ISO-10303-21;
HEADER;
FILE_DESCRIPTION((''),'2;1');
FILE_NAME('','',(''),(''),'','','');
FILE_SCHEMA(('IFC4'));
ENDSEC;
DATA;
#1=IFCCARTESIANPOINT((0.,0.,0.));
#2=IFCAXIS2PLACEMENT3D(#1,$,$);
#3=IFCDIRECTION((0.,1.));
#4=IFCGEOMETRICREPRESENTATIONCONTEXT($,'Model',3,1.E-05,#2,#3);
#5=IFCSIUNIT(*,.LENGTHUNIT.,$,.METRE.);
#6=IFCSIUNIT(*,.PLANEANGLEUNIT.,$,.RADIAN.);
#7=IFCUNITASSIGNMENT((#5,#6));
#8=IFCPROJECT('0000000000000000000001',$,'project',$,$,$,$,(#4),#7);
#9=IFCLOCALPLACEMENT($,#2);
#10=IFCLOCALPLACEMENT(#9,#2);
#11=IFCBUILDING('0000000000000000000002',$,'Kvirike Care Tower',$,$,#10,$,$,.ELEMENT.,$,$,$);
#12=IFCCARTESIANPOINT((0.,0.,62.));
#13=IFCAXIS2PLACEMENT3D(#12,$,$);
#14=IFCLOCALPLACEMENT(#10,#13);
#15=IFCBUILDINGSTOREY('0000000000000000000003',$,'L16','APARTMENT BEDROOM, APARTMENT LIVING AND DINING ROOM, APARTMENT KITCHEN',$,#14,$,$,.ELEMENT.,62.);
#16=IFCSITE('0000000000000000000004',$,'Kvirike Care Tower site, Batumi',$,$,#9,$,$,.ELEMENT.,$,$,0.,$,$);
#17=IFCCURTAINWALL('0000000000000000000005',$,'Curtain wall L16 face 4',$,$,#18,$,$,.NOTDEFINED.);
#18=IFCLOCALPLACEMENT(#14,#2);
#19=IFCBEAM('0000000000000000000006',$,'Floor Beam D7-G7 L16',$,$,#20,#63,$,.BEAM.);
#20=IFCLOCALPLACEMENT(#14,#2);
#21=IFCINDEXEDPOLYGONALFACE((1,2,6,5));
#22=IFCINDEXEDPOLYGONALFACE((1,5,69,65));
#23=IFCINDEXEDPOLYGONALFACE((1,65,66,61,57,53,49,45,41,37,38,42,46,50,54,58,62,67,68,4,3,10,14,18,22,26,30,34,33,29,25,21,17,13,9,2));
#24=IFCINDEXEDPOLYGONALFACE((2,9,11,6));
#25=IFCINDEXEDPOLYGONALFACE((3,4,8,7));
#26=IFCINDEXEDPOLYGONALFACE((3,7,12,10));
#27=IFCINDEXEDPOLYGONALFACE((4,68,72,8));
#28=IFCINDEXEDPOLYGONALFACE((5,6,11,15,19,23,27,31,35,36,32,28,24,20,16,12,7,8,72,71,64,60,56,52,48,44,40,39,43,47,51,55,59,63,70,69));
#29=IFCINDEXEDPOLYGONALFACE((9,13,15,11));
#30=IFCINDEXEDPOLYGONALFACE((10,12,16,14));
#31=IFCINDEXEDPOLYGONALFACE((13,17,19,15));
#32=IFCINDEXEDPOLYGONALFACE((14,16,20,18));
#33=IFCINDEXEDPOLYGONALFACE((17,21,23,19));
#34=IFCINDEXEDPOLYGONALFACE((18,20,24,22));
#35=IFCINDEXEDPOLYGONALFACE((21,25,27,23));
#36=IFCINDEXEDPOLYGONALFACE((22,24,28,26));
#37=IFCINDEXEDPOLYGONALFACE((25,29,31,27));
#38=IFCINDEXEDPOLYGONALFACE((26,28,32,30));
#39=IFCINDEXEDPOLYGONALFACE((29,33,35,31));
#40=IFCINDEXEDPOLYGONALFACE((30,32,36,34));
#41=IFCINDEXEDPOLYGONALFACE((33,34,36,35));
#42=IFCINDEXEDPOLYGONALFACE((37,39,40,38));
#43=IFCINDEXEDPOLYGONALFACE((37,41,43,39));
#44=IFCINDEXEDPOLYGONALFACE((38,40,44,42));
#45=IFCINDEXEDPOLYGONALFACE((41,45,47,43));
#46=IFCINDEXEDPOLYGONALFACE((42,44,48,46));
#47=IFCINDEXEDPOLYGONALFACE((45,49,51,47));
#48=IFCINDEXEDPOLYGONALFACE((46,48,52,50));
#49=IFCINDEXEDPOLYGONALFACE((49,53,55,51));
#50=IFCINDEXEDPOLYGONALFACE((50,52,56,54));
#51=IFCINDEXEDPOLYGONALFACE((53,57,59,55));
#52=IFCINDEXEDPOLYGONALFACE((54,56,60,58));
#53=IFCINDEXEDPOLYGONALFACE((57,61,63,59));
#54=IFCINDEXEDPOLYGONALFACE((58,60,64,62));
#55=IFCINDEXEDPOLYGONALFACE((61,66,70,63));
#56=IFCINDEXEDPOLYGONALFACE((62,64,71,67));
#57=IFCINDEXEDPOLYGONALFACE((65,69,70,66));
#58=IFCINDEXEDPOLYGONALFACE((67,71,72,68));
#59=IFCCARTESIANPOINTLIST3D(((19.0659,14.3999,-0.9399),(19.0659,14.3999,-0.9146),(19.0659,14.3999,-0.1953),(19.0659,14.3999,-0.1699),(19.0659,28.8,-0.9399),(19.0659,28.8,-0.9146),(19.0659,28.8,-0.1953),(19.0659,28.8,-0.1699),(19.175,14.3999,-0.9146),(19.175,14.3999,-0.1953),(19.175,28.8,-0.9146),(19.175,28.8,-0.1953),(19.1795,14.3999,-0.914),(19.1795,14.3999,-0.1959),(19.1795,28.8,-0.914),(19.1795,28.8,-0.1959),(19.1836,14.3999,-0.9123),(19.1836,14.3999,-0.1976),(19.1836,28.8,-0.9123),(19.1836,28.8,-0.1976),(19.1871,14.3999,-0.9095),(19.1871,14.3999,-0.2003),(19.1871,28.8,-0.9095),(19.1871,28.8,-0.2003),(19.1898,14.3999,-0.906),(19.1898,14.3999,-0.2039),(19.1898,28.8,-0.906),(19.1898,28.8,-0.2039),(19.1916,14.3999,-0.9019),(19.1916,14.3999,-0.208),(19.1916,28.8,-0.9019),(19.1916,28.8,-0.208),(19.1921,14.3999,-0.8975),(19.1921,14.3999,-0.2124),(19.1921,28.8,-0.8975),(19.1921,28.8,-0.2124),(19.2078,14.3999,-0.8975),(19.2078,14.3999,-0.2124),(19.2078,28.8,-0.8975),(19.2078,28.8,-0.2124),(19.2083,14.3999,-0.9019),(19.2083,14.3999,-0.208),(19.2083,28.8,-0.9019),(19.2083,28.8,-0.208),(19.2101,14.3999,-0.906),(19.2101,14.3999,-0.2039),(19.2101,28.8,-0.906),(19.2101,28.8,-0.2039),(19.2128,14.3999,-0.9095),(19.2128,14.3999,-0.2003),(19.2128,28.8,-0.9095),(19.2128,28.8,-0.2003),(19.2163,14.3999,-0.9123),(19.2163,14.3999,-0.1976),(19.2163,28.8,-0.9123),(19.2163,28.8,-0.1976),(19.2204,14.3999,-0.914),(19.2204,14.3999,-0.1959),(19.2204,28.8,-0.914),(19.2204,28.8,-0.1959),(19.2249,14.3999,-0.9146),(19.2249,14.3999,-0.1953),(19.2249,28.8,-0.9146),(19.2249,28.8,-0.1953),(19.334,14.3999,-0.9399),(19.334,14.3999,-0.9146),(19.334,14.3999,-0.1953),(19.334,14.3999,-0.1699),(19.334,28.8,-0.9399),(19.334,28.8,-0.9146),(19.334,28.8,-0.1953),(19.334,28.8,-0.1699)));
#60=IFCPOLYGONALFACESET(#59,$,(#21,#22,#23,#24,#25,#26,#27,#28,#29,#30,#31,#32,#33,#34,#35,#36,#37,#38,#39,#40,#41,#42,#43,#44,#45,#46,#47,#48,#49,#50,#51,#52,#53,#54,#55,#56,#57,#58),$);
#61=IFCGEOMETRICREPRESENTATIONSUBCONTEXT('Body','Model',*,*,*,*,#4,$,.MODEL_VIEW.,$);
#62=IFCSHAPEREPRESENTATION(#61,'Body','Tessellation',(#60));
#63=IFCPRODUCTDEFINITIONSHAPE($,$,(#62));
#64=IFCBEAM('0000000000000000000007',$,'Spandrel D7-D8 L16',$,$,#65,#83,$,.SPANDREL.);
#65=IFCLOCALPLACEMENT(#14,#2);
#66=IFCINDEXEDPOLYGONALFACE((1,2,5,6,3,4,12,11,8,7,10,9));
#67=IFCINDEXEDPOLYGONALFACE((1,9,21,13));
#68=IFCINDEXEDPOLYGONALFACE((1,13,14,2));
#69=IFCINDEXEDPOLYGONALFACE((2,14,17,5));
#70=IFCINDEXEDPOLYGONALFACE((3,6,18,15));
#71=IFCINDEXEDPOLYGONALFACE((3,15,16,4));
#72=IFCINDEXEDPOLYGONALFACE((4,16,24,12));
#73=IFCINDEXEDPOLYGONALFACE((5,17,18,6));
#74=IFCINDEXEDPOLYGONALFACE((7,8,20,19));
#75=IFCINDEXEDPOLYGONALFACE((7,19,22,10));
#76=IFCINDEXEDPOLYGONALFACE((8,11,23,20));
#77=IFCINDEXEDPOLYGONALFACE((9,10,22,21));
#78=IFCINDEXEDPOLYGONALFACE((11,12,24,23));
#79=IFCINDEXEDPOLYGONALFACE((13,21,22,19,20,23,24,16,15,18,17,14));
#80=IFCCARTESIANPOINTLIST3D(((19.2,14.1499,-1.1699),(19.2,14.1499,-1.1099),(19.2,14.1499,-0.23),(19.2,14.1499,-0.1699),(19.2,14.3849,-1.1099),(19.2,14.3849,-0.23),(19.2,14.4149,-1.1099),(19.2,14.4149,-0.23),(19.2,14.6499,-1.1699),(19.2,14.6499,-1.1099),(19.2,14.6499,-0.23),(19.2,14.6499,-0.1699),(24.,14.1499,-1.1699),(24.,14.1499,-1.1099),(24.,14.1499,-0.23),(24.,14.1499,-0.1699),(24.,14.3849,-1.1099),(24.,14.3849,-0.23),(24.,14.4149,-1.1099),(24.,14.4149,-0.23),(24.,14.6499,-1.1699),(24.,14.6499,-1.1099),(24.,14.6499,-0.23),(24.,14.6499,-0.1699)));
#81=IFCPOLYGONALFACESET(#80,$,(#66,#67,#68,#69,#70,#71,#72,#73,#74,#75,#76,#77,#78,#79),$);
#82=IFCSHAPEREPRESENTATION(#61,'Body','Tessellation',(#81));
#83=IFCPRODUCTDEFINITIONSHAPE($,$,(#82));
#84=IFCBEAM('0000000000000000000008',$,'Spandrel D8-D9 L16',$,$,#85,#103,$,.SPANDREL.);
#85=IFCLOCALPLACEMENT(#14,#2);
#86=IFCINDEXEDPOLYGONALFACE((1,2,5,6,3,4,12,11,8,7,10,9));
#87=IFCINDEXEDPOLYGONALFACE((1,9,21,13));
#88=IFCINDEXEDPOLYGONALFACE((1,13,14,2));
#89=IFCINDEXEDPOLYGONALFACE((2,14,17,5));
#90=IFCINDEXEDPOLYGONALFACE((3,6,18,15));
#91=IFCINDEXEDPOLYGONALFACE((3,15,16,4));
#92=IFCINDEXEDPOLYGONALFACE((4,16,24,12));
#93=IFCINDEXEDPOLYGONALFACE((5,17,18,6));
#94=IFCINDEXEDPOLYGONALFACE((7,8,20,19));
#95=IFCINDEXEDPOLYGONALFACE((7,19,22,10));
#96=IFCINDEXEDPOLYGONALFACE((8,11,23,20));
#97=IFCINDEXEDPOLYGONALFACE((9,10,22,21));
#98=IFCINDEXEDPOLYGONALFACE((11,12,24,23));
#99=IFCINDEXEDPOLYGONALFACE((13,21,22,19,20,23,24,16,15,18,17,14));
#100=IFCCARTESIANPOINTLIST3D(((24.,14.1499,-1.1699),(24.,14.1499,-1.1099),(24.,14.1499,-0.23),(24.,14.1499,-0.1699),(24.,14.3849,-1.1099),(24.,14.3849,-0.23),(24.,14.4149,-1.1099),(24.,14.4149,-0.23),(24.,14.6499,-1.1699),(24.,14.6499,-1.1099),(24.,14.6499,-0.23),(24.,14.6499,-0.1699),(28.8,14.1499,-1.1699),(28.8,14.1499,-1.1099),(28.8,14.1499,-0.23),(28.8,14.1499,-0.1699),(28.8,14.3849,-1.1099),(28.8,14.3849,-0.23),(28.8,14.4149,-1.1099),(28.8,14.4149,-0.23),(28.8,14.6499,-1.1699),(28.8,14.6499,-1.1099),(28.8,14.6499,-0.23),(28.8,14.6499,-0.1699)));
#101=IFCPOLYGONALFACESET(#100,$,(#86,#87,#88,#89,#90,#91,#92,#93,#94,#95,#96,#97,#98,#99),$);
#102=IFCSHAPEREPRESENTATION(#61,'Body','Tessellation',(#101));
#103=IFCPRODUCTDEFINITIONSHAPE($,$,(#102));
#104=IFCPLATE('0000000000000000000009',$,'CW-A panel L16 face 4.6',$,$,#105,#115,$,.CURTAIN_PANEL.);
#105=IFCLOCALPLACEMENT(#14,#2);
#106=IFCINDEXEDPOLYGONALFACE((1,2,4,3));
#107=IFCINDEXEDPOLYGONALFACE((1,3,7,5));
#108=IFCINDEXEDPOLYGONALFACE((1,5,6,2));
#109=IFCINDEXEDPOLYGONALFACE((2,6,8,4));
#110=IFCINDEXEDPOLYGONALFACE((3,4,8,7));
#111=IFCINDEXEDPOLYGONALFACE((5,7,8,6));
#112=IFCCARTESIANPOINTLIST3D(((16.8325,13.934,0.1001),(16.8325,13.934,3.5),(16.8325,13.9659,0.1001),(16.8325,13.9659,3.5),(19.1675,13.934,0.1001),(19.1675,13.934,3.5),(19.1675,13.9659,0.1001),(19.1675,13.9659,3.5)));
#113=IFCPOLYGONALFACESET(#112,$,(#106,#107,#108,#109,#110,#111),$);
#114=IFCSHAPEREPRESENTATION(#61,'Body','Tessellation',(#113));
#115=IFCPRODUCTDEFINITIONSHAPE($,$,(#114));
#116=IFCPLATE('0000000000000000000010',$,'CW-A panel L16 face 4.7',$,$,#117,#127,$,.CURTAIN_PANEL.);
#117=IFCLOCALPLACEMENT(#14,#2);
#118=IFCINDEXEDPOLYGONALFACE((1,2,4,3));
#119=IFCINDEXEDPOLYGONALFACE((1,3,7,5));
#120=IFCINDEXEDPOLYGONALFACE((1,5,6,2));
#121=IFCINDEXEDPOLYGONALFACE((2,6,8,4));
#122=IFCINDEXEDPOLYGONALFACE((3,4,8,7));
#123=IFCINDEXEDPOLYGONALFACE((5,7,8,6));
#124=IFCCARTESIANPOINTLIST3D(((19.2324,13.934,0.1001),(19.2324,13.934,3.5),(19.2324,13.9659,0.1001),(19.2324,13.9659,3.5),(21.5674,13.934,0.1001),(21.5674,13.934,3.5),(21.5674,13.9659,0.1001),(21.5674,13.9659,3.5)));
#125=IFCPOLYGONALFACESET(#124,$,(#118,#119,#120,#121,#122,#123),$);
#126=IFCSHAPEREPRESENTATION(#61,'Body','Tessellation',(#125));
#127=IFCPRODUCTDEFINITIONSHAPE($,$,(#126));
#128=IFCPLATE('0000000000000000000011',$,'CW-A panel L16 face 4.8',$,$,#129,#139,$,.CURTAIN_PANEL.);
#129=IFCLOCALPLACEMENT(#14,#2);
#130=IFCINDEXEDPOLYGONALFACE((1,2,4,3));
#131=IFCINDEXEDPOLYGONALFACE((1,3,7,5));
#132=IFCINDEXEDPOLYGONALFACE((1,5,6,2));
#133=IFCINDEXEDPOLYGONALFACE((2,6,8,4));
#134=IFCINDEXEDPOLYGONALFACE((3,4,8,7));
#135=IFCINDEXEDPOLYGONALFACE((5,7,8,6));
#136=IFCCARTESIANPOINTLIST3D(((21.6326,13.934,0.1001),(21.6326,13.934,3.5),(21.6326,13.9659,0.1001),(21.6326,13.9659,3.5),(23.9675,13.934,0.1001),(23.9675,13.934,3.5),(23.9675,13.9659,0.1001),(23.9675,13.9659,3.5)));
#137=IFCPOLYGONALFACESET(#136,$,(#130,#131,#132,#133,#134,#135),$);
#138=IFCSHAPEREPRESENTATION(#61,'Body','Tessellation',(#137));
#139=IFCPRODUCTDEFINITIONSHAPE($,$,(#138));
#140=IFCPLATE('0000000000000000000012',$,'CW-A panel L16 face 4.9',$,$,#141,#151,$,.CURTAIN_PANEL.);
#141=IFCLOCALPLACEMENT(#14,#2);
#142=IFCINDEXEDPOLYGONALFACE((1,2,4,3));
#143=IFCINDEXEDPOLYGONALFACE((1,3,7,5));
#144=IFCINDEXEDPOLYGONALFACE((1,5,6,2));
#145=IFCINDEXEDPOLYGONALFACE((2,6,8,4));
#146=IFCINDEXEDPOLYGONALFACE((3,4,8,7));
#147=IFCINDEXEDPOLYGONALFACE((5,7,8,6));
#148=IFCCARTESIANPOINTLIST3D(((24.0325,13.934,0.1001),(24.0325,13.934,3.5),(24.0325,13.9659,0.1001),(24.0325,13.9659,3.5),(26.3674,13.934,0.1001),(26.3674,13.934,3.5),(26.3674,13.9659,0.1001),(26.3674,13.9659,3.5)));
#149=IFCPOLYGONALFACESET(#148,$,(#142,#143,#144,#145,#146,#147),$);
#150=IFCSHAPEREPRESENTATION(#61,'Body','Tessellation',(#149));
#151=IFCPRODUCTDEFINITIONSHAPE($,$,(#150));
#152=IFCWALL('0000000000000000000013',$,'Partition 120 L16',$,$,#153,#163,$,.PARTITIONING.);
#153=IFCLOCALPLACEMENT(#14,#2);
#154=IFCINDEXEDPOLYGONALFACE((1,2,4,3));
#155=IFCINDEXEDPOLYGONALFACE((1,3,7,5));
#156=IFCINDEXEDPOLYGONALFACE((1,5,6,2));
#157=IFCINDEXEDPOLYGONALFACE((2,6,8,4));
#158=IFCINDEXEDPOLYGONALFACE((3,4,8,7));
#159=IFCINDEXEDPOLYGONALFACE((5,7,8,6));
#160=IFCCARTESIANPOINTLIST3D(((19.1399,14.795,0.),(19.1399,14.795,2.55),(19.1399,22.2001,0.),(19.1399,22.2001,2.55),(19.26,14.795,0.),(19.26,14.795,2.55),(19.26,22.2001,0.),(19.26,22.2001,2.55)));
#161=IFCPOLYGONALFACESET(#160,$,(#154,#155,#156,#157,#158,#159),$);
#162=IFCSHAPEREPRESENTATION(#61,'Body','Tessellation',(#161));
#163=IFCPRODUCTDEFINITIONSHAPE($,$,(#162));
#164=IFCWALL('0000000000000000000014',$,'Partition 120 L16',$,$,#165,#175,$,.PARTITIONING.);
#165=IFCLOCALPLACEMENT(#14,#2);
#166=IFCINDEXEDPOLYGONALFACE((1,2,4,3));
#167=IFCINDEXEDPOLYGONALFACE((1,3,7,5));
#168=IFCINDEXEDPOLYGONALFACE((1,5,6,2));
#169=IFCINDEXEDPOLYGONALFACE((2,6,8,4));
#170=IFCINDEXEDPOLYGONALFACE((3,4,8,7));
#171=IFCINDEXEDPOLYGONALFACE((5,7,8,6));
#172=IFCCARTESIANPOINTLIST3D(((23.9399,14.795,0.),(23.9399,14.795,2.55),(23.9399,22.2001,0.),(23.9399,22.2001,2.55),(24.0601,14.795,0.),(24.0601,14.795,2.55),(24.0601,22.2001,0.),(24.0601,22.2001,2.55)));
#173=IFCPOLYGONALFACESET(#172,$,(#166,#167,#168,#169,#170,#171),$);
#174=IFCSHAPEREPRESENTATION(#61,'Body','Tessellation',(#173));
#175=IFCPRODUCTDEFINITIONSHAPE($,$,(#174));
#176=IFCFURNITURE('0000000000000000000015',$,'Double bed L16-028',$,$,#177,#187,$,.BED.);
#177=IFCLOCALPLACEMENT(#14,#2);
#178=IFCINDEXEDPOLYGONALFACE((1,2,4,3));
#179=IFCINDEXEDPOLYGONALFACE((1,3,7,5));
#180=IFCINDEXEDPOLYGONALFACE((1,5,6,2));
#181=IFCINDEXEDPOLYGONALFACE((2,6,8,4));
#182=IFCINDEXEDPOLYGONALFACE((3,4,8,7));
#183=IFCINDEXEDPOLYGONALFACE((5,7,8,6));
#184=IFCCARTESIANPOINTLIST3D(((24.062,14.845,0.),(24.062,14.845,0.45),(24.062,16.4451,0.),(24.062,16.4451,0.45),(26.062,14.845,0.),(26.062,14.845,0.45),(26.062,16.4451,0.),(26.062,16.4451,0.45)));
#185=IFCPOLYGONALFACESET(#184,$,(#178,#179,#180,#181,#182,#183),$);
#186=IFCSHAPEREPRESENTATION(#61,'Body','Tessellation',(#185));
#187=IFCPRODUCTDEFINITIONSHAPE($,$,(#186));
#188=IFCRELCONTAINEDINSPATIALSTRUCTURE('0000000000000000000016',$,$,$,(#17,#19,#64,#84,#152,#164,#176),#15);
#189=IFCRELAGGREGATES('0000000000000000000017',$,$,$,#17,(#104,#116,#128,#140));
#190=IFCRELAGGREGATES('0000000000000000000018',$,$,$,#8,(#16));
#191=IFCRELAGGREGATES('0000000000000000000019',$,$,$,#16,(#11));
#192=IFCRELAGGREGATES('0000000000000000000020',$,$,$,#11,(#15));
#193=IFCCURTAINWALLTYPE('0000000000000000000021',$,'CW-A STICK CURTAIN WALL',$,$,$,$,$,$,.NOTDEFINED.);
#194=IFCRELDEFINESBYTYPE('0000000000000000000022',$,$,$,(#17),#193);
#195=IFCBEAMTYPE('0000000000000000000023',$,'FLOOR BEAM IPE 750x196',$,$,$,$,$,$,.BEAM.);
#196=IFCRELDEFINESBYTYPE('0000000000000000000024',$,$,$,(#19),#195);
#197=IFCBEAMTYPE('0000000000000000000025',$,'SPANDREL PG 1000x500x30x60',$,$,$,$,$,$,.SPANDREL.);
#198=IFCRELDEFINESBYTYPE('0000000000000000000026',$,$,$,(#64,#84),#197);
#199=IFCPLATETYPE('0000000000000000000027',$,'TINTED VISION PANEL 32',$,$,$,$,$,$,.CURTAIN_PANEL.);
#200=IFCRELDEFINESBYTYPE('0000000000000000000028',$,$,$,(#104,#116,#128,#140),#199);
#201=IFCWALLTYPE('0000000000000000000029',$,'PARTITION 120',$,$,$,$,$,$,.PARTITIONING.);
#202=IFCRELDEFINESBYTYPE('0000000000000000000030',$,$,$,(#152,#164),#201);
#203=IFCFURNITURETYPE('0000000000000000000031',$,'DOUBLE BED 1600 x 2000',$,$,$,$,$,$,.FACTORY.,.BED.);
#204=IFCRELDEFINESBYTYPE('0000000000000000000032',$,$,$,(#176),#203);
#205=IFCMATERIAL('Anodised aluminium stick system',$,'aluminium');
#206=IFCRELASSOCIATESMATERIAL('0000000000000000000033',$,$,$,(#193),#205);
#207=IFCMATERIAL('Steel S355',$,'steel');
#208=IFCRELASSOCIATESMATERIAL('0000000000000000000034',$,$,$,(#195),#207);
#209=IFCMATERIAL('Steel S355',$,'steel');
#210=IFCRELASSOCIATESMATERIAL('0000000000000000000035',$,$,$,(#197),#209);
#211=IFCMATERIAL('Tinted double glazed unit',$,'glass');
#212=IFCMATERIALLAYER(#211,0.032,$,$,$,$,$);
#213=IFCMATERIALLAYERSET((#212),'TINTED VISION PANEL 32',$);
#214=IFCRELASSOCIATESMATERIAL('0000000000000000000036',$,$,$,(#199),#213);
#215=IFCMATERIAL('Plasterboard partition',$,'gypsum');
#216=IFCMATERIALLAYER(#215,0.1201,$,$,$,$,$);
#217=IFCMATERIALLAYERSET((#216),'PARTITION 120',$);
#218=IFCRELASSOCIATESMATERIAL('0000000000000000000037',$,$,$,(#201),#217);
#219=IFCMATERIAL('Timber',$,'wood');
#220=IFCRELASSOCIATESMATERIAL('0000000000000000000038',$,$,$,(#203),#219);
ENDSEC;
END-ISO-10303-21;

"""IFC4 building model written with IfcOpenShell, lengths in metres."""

from ifc_helpers import new_model, si_unit, direction, frame, frame_2d, origin, origin_2d, place, context, subcontext, project, spatial, rectangle, i_section, extrude, material, layer, layer_set, material_profile, profile_set, type_object, element, aggregate, save


model = new_model("IFC4")

# Units and contexts
model_context = context("Model", 3, precision=1e-05, world=origin(), true_north=direction((0.0, 1.0)))
body_context = subcontext(model_context, "Body", "Model", "MODEL_VIEW")
ifc_project = project(units=[si_unit("LENGTHUNIT", "METRE"), si_unit("PLANEANGLEUNIT", "RADIAN")], contexts=[model_context])

# Site, building, storey
site_placement = place(None, origin())
site = spatial("IfcSite", under=ifc_project, at=site_placement, Name="Kvirike Care Tower site, Batumi", CompositionType="ELEMENT", RefElevation=0.0)
building_placement = place(site_placement, origin())
building = spatial("IfcBuilding", under=site, at=building_placement, Name="Kvirike Care Tower", CompositionType="ELEMENT")
storey_placement = place(building_placement, frame((0.0, 0.0, 62.0)))
storey = spatial("IfcBuildingStorey", under=building, at=storey_placement, Name="L16", Description="APARTMENT BEDROOM, APARTMENT LIVING AND DINING ROOM, APARTMENT KITCHEN", CompositionType="ELEMENT", Elevation=62.0)

# Curtain wall
ifc_material_1 = material(Name="Anodised aluminium stick system", Category="aluminium")
curtain_wall_type = type_object("IfcCurtainWallType", Name="CW-A STICK CURTAIN WALL", PredefinedType="NOTDEFINED", material=ifc_material_1)
curtain_wall_placement = place(storey_placement, origin())
curtain_wall = element("IfcCurtainWall", 1, at=curtain_wall_placement, inside=storey, type_object=curtain_wall_type, Name="Curtain wall L16 face 4", PredefinedType="NOTDEFINED")

# Beams
ifc_material_2 = material(Name="Steel S355", Category="steel")
ifc_material_profile_1 = material_profile(ifc_material_2, i_section(OverallWidth=0.2681, OverallDepth=0.77, WebThickness=0.0156, FlangeThickness=0.0254, FilletRadius=0.0171, at=origin_2d()), Name="IPE 750x196")
ifc_profile_set_1 = profile_set([ifc_material_profile_1], Name="Steel S355")
beam_type_1 = type_object("IfcBeamType", Name="FLOOR BEAM IPE 750x196", PredefinedType="BEAM", material=ifc_profile_set_1)
beam_1_placement = place(storey_placement, frame((19.2, 14.3999, -0.5549), z_axis=(0.0, 1.0, 0.0), x_axis=(-1.0, 0.0, 0.0)))
element("IfcBeam", 2, at=beam_1_placement, inside=storey, type_object=beam_type_1, Name="Floor Beam D7-G7 L16", PredefinedType="BEAM", context=body_context, shape_type="SweptSolid", body=[
    extrude(i_section(OverallWidth=0.2681, OverallDepth=0.77, WebThickness=0.0156, FlangeThickness=0.0254, FilletRadius=0.0171, at=origin_2d()), origin(), (0.0, 0.0, 1.0), 14.4001),
])
ifc_material_3 = material(Name="Steel S355", Category="steel")
ifc_material_profile_2 = material_profile(ifc_material_3, i_section(OverallWidth=0.5, OverallDepth=1.0, WebThickness=0.03, FlangeThickness=0.0601, at=origin_2d()), Name="PG 1000x500x30x60")
ifc_profile_set_2 = profile_set([ifc_material_profile_2], Name="Steel S355")
beam_type_2 = type_object("IfcBeamType", Name="SPANDREL PG 1000x500x30x60", PredefinedType="SPANDREL", material=ifc_profile_set_2)
for number, where, z_axis, x_axis, name in (
    (3, (19.2, 14.3999, -0.6699), (1.0, 0.0, 0.0), (0.0, 1.0, 0.0), "Spandrel D7-D8 L16"),
    (4, (24.0, 14.3999, -0.6699), (1.0, 0.0, 0.0), (0.0, 1.0, 0.0), "Spandrel D8-D9 L16"),
):
    element("IfcBeam", number, at=place(storey_placement, frame(where, z_axis=z_axis, x_axis=x_axis)), inside=storey, type_object=beam_type_2, Name=name, PredefinedType="SPANDREL", context=body_context, shape_type="SweptSolid", body=[
        extrude(i_section(OverallWidth=0.5, OverallDepth=1.0, WebThickness=0.03, FlangeThickness=0.0601, at=origin_2d()), origin(), (0.0, 0.0, 1.0), 4.8),
    ])

# Plates
ifc_material_4 = material(Name="Tinted double glazed unit", Category="glass")
ifc_layer_1 = layer(ifc_material_4, 0.032)
ifc_layer_set_1 = layer_set([ifc_layer_1], Name="TINTED VISION PANEL 32")
plate_type = type_object("IfcPlateType", Name="TINTED VISION PANEL 32", PredefinedType="CURTAIN_PANEL", material=ifc_layer_set_1)
plate_1_placement = place(storey_placement, frame((18.0, 13.95, 0.1001), z_axis=(0.0, 0.0, 1.0), x_axis=(1.0, 0.0, 0.0)))
plate_1 = element("IfcPlate", 5, at=plate_1_placement, type_object=plate_type, Name="CW-A panel L16 face 4.6", PredefinedType="CURTAIN_PANEL", context=body_context, shape_type="SweptSolid", body=[
    extrude(rectangle(XDim=2.335, YDim=0.032, at=origin_2d()), origin(), (0.0, 0.0, 1.0), 3.3999),
])
plate_2_placement = place(storey_placement, frame((20.3999, 13.95, 0.1001), z_axis=(0.0, 0.0, 1.0), x_axis=(1.0, 0.0, 0.0)))
plate_2 = element("IfcPlate", 6, at=plate_2_placement, type_object=plate_type, Name="CW-A panel L16 face 4.7", PredefinedType="CURTAIN_PANEL", context=body_context, shape_type="SweptSolid", body=[
    extrude(rectangle(XDim=2.335, YDim=0.032, at=origin_2d()), origin(), (0.0, 0.0, 1.0), 3.3999),
])
plate_3_placement = place(storey_placement, frame((22.8, 13.95, 0.1001), z_axis=(0.0, 0.0, 1.0), x_axis=(1.0, 0.0, 0.0)))
plate_3 = element("IfcPlate", 7, at=plate_3_placement, type_object=plate_type, Name="CW-A panel L16 face 4.8", PredefinedType="CURTAIN_PANEL", context=body_context, shape_type="SweptSolid", body=[
    extrude(rectangle(XDim=2.335, YDim=0.032, at=origin_2d()), origin(), (0.0, 0.0, 1.0), 3.3999),
])
plate_4_placement = place(storey_placement, frame((25.2, 13.95, 0.1001), z_axis=(0.0, 0.0, 1.0), x_axis=(1.0, 0.0, 0.0)))
plate_4 = element("IfcPlate", 8, at=plate_4_placement, type_object=plate_type, Name="CW-A panel L16 face 4.9", PredefinedType="CURTAIN_PANEL", context=body_context, shape_type="SweptSolid", body=[
    extrude(rectangle(XDim=2.335, YDim=0.032, at=origin_2d()), origin(), (0.0, 0.0, 1.0), 3.3999),
])
aggregate(curtain_wall, [plate_1, plate_2, plate_3, plate_4])

# Walls
ifc_material_5 = material(Name="Plasterboard partition", Category="gypsum")
ifc_layer_2 = layer(ifc_material_5, 0.1201)
ifc_layer_set_2 = layer_set([ifc_layer_2], Name="PARTITION 120")
wall_type = type_object("IfcWallType", Name="PARTITION 120", PredefinedType="PARTITIONING", material=ifc_layer_set_2)
for number, where, z_axis, x_axis, name in (
    (9, (19.2, 14.7949, 0.0), (0.0, 0.0, 1.0), (0.0, 1.0, 0.0), "Partition 120 L16"),
    (10, (24.0, 14.7949, 0.0), (0.0, 0.0, 1.0), (0.0, 1.0, 0.0), "Partition 120 L16"),
):
    element("IfcWall", number, at=place(storey_placement, frame(where, z_axis=z_axis, x_axis=x_axis)), inside=storey, type_object=wall_type, Name=name, PredefinedType="PARTITIONING", context=body_context, shape_type="SweptSolid", body=[
        extrude(rectangle(XDim=7.405, YDim=0.1201, at=frame_2d((3.7026, 0.0))), origin(), (0.0, 0.0, 1.0), 2.55),
    ])

# Furniture
ifc_material_6 = material(Name="Timber", Category="wood")
furniture_type = type_object("IfcFurnitureType", Name="DOUBLE BED 1600 x 2000", AssemblyPlace="FACTORY", PredefinedType="BED", material=ifc_material_6)
furniture_placement = place(storey_placement, frame((25.062, 15.645, 0.0), z_axis=(0.0, 0.0, 1.0), x_axis=(0.0, 1.0, 0.0)))
element("IfcFurniture", 11, at=furniture_placement, inside=storey, type_object=furniture_type, Name="Double bed L16-028", PredefinedType="BED", context=body_context, shape_type="SweptSolid", body=[
    extrude(rectangle(XDim=1.6001, YDim=2.0, at=origin_2d()), origin(), (0.0, 0.0, 1.0), 0.45),
])

save(model, "model.ifc")
